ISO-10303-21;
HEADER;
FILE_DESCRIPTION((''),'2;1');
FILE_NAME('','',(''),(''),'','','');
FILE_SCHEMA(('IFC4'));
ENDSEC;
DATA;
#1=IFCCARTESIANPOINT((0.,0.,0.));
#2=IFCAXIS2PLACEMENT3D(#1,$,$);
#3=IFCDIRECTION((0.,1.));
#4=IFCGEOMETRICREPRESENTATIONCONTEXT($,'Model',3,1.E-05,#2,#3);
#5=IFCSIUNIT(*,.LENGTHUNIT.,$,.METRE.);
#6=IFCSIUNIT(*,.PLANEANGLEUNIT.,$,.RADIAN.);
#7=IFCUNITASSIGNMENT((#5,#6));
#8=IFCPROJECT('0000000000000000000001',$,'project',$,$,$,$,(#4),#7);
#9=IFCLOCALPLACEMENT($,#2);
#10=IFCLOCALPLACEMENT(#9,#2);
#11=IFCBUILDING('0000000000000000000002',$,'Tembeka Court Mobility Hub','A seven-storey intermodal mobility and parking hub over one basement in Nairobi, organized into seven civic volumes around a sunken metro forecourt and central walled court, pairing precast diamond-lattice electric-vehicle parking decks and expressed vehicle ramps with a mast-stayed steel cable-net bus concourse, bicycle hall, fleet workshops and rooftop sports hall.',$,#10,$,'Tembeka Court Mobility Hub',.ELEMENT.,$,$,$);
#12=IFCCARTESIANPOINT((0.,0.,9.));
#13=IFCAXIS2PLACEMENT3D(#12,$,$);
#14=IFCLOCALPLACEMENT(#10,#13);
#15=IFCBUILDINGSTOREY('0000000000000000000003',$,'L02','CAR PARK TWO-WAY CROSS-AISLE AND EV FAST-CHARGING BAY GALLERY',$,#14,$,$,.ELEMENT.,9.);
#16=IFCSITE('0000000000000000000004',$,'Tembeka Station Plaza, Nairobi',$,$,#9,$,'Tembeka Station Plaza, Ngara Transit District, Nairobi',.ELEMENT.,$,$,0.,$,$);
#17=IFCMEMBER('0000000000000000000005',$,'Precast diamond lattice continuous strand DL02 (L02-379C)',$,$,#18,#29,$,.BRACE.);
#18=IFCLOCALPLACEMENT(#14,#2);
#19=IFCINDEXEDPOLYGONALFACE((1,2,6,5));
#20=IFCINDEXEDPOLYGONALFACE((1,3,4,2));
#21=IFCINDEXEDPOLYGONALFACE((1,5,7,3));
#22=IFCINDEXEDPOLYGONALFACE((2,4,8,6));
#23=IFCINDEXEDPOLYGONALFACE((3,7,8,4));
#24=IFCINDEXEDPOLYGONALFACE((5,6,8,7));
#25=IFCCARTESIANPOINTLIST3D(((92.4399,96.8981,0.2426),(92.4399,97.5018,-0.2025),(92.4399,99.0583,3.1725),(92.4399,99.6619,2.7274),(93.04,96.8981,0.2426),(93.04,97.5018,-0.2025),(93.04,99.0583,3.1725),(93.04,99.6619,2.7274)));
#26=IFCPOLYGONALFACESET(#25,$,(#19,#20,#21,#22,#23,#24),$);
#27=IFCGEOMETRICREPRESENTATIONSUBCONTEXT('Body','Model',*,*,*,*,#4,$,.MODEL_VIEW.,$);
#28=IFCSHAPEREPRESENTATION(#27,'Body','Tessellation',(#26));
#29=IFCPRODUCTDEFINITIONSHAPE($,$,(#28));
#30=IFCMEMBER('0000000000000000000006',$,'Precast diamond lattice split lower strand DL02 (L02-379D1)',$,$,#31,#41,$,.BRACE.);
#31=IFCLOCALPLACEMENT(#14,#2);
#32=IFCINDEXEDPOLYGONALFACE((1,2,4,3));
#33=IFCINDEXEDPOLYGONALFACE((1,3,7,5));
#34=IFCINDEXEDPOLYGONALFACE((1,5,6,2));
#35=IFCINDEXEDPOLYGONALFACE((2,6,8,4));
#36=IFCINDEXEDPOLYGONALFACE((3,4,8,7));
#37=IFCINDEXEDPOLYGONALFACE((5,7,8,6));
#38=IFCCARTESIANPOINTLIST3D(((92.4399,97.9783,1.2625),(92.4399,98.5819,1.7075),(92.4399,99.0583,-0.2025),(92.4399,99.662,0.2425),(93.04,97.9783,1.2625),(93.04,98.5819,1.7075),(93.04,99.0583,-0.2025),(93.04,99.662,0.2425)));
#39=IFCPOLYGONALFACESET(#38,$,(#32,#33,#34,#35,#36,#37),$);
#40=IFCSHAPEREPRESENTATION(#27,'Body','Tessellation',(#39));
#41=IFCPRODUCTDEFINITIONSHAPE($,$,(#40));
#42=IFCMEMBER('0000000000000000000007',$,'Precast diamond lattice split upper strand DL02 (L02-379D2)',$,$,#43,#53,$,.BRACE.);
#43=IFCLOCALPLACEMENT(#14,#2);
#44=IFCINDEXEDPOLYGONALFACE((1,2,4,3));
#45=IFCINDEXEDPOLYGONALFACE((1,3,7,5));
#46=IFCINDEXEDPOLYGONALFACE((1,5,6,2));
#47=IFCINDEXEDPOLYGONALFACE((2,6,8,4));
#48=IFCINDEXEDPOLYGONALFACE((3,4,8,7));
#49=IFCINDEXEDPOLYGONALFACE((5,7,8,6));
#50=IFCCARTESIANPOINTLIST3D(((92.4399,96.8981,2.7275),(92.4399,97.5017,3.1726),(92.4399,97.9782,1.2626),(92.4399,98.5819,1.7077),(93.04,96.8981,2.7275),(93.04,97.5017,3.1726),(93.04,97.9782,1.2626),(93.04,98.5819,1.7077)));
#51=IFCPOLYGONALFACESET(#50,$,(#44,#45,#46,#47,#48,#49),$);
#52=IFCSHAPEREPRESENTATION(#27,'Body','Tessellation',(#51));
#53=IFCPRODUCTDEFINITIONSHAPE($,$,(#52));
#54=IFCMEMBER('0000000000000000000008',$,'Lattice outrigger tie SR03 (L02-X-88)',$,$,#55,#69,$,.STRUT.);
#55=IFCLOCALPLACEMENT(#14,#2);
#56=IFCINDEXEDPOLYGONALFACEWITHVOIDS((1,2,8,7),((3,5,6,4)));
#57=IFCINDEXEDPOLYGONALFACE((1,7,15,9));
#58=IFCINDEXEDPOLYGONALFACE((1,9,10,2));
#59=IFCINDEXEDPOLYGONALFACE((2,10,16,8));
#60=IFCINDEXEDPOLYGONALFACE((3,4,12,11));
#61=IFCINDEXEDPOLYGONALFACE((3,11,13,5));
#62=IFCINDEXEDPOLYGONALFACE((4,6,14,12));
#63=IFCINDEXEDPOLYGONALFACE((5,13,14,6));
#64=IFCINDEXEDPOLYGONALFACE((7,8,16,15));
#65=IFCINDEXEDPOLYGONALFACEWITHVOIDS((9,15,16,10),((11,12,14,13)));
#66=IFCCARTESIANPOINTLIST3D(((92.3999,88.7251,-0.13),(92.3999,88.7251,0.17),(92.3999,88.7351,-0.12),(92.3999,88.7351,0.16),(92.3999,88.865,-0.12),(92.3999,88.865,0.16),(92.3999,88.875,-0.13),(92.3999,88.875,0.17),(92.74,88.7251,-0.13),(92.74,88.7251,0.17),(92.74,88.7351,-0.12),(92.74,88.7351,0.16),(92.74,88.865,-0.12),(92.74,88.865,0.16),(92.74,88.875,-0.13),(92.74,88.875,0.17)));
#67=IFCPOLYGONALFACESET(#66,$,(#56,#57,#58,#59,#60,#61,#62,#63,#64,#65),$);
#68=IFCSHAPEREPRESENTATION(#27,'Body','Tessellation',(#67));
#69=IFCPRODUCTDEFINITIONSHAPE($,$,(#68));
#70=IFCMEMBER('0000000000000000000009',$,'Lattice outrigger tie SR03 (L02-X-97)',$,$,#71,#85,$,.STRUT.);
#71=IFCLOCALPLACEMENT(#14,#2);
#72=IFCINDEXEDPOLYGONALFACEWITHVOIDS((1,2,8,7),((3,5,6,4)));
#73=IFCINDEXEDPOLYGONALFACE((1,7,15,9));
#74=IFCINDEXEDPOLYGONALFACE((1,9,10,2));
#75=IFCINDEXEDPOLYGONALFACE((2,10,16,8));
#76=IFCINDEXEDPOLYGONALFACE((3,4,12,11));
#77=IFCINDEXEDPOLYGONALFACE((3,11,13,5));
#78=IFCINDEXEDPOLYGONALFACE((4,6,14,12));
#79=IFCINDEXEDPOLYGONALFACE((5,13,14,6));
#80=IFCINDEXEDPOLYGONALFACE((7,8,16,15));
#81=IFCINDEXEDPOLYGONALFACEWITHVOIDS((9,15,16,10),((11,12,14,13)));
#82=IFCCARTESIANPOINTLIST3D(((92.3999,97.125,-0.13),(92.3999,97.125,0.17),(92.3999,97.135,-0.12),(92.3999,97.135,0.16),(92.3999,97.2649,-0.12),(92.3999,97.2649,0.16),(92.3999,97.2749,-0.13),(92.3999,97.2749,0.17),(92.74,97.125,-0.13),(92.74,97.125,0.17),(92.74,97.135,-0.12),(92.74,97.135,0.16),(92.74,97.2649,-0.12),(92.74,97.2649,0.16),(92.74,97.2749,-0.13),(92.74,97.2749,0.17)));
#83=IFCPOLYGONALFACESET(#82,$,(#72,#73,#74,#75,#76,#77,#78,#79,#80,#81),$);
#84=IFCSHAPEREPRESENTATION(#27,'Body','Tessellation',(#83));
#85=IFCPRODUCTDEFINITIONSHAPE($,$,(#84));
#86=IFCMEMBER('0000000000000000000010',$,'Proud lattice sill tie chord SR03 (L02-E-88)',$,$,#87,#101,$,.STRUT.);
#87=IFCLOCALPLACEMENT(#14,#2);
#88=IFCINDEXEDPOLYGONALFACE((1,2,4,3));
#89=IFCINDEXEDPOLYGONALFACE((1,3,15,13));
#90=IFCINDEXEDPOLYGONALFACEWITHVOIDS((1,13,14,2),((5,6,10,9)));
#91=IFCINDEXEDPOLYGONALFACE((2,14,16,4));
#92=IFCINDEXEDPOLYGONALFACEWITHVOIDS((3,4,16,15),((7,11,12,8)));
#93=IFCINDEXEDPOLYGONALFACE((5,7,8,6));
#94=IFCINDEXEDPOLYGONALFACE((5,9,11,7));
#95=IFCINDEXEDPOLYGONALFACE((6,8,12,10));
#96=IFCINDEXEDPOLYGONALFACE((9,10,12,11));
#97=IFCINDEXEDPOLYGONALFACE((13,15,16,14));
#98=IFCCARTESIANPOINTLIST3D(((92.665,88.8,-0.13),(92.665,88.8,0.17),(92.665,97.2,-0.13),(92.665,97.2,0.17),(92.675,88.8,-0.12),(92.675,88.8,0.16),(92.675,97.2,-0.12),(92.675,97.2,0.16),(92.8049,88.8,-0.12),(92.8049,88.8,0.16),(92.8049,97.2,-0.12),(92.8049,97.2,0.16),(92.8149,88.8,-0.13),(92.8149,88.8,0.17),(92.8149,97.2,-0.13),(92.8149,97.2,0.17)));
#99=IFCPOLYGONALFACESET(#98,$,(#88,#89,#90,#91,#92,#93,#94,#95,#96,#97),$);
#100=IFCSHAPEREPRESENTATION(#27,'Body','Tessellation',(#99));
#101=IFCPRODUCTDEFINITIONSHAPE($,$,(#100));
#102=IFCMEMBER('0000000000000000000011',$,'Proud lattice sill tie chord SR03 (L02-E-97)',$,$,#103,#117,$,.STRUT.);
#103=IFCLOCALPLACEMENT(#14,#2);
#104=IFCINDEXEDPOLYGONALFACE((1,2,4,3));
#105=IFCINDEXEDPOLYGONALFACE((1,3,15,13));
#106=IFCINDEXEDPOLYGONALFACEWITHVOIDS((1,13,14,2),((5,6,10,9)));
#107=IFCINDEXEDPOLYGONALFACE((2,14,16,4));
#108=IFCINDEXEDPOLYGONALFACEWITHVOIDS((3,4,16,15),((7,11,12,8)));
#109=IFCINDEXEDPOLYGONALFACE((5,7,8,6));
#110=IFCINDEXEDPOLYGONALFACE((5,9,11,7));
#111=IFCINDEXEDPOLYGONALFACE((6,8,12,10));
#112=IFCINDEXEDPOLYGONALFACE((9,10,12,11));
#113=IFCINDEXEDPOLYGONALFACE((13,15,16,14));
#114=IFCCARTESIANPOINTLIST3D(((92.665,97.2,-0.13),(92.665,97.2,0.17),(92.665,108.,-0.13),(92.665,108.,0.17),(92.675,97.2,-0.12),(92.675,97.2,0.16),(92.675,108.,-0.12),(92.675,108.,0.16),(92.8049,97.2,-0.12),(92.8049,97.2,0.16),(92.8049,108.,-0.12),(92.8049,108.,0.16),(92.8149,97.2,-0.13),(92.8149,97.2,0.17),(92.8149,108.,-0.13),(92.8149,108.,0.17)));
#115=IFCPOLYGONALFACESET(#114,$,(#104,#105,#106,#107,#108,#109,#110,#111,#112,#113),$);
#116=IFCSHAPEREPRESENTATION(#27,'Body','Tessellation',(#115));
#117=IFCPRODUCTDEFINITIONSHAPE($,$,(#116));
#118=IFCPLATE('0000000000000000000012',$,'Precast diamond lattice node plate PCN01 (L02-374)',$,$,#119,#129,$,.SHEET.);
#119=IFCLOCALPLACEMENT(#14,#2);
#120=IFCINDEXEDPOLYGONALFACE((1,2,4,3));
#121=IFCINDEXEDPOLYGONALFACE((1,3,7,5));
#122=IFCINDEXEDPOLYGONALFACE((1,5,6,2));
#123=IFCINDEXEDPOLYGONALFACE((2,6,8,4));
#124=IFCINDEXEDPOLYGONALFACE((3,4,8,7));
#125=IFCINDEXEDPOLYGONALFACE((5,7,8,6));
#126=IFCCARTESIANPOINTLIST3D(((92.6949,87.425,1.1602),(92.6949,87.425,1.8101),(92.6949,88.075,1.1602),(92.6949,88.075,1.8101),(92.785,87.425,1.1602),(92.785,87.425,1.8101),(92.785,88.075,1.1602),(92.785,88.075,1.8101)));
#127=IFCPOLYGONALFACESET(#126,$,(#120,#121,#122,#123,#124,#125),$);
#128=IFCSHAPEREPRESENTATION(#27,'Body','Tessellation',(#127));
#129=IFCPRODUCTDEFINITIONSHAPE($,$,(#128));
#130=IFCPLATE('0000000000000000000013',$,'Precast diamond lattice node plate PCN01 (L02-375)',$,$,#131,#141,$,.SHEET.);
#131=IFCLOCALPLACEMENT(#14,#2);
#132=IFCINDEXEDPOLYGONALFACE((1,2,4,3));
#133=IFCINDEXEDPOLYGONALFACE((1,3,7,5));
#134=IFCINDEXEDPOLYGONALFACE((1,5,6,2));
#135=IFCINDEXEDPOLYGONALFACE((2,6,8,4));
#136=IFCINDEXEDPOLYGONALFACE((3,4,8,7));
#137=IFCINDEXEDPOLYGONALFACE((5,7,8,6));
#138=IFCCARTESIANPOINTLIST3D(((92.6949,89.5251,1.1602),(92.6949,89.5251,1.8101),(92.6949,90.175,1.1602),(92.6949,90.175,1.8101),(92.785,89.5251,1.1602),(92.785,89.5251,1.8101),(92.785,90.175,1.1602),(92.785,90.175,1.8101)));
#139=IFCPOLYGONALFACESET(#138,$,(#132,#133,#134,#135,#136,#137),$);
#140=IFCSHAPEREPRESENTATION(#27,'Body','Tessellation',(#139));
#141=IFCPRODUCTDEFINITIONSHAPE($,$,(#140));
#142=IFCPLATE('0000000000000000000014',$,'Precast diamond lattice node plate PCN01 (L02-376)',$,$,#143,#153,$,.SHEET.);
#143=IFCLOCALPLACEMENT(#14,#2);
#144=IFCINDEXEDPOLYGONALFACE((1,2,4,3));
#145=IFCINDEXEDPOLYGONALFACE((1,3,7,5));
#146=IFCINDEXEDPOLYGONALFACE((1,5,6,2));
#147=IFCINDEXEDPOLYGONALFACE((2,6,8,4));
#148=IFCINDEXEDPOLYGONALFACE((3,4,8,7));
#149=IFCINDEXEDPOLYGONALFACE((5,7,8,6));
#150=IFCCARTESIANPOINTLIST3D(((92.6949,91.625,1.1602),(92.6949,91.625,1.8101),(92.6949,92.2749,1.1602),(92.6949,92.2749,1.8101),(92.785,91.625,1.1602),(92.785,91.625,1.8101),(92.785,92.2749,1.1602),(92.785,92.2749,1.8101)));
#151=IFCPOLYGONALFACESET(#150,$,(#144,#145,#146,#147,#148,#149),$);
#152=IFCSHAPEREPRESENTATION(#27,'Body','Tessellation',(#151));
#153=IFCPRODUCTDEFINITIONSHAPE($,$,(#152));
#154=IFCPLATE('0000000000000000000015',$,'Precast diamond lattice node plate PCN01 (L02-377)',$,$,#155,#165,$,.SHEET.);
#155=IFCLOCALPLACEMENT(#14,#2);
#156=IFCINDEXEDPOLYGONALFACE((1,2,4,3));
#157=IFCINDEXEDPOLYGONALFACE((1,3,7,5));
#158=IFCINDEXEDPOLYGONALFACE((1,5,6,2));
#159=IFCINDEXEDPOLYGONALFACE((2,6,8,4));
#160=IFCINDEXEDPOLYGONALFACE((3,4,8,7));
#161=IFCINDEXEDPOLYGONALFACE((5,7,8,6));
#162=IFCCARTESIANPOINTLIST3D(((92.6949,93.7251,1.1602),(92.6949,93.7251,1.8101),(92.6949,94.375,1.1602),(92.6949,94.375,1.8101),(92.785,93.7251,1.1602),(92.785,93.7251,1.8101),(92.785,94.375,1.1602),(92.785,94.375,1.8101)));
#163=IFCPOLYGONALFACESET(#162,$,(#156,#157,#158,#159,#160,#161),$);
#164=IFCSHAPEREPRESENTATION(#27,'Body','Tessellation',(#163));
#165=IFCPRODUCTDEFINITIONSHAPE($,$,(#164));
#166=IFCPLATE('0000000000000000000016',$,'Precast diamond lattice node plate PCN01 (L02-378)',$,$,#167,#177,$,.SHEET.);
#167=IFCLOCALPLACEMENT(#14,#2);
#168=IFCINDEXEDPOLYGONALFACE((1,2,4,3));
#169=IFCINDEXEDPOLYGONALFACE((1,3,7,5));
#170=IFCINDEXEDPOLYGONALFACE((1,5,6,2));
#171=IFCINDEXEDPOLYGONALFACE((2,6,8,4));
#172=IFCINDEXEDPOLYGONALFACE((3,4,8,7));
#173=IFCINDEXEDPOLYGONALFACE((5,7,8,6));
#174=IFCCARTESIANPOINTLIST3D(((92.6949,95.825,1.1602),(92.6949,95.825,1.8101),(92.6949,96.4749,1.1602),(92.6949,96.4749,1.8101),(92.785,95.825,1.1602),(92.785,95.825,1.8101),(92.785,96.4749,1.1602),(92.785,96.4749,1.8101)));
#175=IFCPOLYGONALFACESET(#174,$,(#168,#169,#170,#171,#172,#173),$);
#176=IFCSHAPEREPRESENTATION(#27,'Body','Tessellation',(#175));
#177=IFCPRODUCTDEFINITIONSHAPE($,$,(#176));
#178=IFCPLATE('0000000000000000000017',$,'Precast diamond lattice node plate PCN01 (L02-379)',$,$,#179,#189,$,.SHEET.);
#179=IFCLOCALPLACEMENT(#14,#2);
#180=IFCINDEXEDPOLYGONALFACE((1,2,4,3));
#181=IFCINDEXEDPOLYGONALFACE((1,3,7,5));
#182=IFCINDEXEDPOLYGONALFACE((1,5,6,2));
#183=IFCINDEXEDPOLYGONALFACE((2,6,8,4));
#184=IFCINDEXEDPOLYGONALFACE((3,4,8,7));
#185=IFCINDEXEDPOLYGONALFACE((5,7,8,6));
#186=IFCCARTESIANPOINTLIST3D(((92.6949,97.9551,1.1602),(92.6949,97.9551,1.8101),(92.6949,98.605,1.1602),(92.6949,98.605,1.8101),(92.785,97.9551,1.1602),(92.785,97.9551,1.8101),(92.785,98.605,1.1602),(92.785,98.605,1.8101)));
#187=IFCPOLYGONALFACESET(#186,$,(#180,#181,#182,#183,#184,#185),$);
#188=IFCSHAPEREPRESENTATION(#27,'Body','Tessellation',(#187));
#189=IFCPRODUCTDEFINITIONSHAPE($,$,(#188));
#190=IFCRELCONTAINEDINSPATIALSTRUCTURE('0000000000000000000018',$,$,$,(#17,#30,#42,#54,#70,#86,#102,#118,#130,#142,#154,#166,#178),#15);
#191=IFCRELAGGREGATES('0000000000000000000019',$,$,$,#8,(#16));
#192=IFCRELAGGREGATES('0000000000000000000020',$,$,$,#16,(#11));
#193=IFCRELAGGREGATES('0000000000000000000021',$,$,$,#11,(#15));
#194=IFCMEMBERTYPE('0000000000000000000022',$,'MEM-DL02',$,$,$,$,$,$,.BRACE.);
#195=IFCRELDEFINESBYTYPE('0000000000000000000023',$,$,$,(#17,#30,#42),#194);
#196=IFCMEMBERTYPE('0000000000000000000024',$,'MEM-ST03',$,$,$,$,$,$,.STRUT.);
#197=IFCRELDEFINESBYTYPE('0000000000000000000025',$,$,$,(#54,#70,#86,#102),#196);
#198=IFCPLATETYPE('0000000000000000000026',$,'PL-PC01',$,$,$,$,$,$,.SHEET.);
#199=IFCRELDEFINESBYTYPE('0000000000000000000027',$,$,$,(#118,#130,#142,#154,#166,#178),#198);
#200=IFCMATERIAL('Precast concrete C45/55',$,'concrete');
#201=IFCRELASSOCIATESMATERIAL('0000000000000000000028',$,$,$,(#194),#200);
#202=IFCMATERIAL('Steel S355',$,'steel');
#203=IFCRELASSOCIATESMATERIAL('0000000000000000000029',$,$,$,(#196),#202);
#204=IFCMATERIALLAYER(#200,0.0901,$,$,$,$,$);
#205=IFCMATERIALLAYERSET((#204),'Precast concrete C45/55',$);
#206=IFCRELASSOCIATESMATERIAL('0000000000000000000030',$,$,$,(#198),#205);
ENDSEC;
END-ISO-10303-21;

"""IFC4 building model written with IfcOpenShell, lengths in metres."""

from ifc_helpers import new_model, si_unit, direction, frame, origin, origin_2d, place, context, subcontext, project, spatial, rectangle, hollow_rectangle, extrude, material, layer, layer_set, material_profile, profile_set, type_object, element, save


model = new_model("IFC4")

# Units and contexts
model_context = context("Model", 3, precision=1e-05, world=origin(), true_north=direction((0.0, 1.0)))
body_context = subcontext(model_context, "Body", "Model", "MODEL_VIEW")
ifc_project = project(units=[si_unit("LENGTHUNIT", "METRE"), si_unit("PLANEANGLEUNIT", "RADIAN")], contexts=[model_context])

# Site, building, storey
site_placement = place(None, origin())
site = spatial("IfcSite", under=ifc_project, at=site_placement, Name="Tembeka Station Plaza, Nairobi", LongName="Tembeka Station Plaza, Ngara Transit District, Nairobi", CompositionType="ELEMENT", RefElevation=0.0)
building_placement = place(site_placement, origin())
building = spatial("IfcBuilding", under=site, at=building_placement, Name="Tembeka Court Mobility Hub", Description="A seven-storey intermodal mobility and parking hub over one basement in Nairobi, organized into seven civic volumes around a sunken metro forecourt and central walled court, pairing precast diamond-lattice electric-vehicle parking decks and expressed vehicle ramps with a mast-stayed steel cable-net bus concourse, bicycle hall, fleet workshops and rooftop sports hall.", LongName="Tembeka Court Mobility Hub", CompositionType="ELEMENT")
storey_placement = place(building_placement, frame((0.0, 0.0, 9.0)))
storey = spatial("IfcBuildingStorey", under=building, at=storey_placement, Name="L02", Description="CAR PARK TWO-WAY CROSS-AISLE AND EV FAST-CHARGING BAY GALLERY", CompositionType="ELEMENT", Elevation=9.0)

# Shared definitions
ifc_material_1 = material(Name="Steel S355", Category="steel")

# Members
ifc_material_2 = material(Name="Precast concrete C45/55", Category="concrete")
ifc_material_profile_1 = material_profile(ifc_material_2, rectangle(XDim=0.6001, YDim=0.75, at=origin_2d()), Name="PC-DIAG 600x750")
ifc_profile_set_1 = profile_set([ifc_material_profile_1], Name="Precast concrete C45/55")
member_type_1 = type_object("IfcMemberType", Name="MEM-DL02", PredefinedType="BRACE", material=ifc_profile_set_1)
member_1_placement = place(storey_placement, frame((92.74, 97.2, 0.02), z_axis=(0.0, 0.593423, 0.804891), x_axis=(-1.0, 0.0, 0.0)))
element("IfcMember", 1, at=member_1_placement, inside=storey, type_object=member_type_1, Name="Precast diamond lattice continuous strand DL02 (L02-379C)", PredefinedType="BRACE", context=body_context, shape_type="SweptSolid", body=[
    extrude(rectangle(XDim=0.6001, YDim=0.75, at=origin_2d()), origin(), (0.0, 0.0, 1.0), 3.6401),
])
for number, where, z_axis, x_axis, name in (
    (2, (92.74, 99.3601, 0.02), (0.0, -0.593391, 0.804914), (1.0, 0.0, 0.0), "Precast diamond lattice split lower strand DL02 (L02-379D1)"),
    (3, (92.74, 98.28, 1.4851), (0.0, -0.593455, 0.804867), (1.0, 0.0, 0.0), "Precast diamond lattice split upper strand DL02 (L02-379D2)"),
):
    element("IfcMember", number, at=place(storey_placement, frame(where, z_axis=z_axis, x_axis=x_axis)), inside=storey, type_object=member_type_1, Name=name, PredefinedType="BRACE", context=body_context, shape_type="SweptSolid", body=[
        extrude(rectangle(XDim=0.6001, YDim=0.75, at=origin_2d()), origin(), (0.0, 0.0, 1.0), 1.8201),
    ])
ifc_material_profile_2 = material_profile(ifc_material_1, hollow_rectangle(XDim=0.1499, YDim=0.3, WallThickness=0.01, at=origin_2d()), Name="RHS 300x150x10")
ifc_profile_set_2 = profile_set([ifc_material_profile_2], Name="Steel S355")
member_type_2 = type_object("IfcMemberType", Name="MEM-ST03", PredefinedType="STRUT", material=ifc_profile_set_2)
for number, where, z_axis, x_axis, name in (
    (4, (92.3999, 88.8, 0.02), (1.0, 0.0, 0.0), (0.0, 1.0, 0.0), "Lattice outrigger tie SR03 (L02-X-88)"),
    (5, (92.3999, 97.2, 0.02), (1.0, 0.0, 0.0), (0.0, 1.0, 0.0), "Lattice outrigger tie SR03 (L02-X-97)"),
):
    element("IfcMember", number, at=place(storey_placement, frame(where, z_axis=z_axis, x_axis=x_axis)), inside=storey, type_object=member_type_2, Name=name, PredefinedType="STRUT", context=body_context, shape_type="SweptSolid", body=[
        extrude(hollow_rectangle(XDim=0.1499, YDim=0.3, WallThickness=0.01, at=origin_2d()), origin(), (0.0, 0.0, 1.0), 0.3401),
    ])
member_2_placement = place(storey_placement, frame((92.74, 88.8, 0.02), z_axis=(0.0, 1.0, 0.0), x_axis=(-1.0, 0.0, 0.0)))
element("IfcMember", 6, at=member_2_placement, inside=storey, type_object=member_type_2, Name="Proud lattice sill tie chord SR03 (L02-E-88)", PredefinedType="STRUT", context=body_context, shape_type="SweptSolid", body=[
    extrude(hollow_rectangle(XDim=0.1499, YDim=0.3, WallThickness=0.01, at=origin_2d()), origin(), (0.0, 0.0, 1.0), 8.3999),
])
member_3_placement = place(storey_placement, frame((92.74, 97.2, 0.02), z_axis=(0.0, 1.0, 0.0), x_axis=(-1.0, 0.0, 0.0)))
element("IfcMember", 7, at=member_3_placement, inside=storey, type_object=member_type_2, Name="Proud lattice sill tie chord SR03 (L02-E-97)", PredefinedType="STRUT", context=body_context, shape_type="SweptSolid", body=[
    extrude(hollow_rectangle(XDim=0.1499, YDim=0.3, WallThickness=0.01, at=origin_2d()), origin(), (0.0, 0.0, 1.0), 10.8),
])

# Plates
ifc_layer = layer(ifc_material_2, 0.0901)
ifc_layer_set = layer_set([ifc_layer], Name="Precast concrete C45/55")
plate_type = type_object("IfcPlateType", Name="PL-PC01", PredefinedType="SHEET", material=ifc_layer_set)
for number, where, z_axis, x_axis, name in (
    (8, (92.74, 87.75, 1.1602), (0.0, 0.0, 1.0), (1.0, 0.0, 0.0), "Precast diamond lattice node plate PCN01 (L02-374)"),
    (9, (92.74, 89.8501, 1.1602), (0.0, 0.0, 1.0), (1.0, 0.0, 0.0), "Precast diamond lattice node plate PCN01 (L02-375)"),
    (10, (92.74, 91.95, 1.1602), (0.0, 0.0, 1.0), (1.0, 0.0, 0.0), "Precast diamond lattice node plate PCN01 (L02-376)"),
    (11, (92.74, 94.05, 1.1602), (0.0, 0.0, 1.0), (1.0, 0.0, 0.0), "Precast diamond lattice node plate PCN01 (L02-377)"),
    (12, (92.74, 96.1499, 1.1602), (0.0, 0.0, 1.0), (1.0, 0.0, 0.0), "Precast diamond lattice node plate PCN01 (L02-378)"),
    (13, (92.74, 98.28, 1.1602), (0.0, 0.0, 1.0), (1.0, 0.0, 0.0), "Precast diamond lattice node plate PCN01 (L02-379)"),
):
    element("IfcPlate", number, at=place(storey_placement, frame(where, z_axis=z_axis, x_axis=x_axis)), inside=storey, type_object=plate_type, Name=name, PredefinedType="SHEET", context=body_context, shape_type="SweptSolid", body=[
        extrude(rectangle(XDim=0.0901, YDim=0.6499, at=origin_2d()), origin(), (0.0, 0.0, 1.0), 0.6499),
    ])

save(model, "model.ifc")
